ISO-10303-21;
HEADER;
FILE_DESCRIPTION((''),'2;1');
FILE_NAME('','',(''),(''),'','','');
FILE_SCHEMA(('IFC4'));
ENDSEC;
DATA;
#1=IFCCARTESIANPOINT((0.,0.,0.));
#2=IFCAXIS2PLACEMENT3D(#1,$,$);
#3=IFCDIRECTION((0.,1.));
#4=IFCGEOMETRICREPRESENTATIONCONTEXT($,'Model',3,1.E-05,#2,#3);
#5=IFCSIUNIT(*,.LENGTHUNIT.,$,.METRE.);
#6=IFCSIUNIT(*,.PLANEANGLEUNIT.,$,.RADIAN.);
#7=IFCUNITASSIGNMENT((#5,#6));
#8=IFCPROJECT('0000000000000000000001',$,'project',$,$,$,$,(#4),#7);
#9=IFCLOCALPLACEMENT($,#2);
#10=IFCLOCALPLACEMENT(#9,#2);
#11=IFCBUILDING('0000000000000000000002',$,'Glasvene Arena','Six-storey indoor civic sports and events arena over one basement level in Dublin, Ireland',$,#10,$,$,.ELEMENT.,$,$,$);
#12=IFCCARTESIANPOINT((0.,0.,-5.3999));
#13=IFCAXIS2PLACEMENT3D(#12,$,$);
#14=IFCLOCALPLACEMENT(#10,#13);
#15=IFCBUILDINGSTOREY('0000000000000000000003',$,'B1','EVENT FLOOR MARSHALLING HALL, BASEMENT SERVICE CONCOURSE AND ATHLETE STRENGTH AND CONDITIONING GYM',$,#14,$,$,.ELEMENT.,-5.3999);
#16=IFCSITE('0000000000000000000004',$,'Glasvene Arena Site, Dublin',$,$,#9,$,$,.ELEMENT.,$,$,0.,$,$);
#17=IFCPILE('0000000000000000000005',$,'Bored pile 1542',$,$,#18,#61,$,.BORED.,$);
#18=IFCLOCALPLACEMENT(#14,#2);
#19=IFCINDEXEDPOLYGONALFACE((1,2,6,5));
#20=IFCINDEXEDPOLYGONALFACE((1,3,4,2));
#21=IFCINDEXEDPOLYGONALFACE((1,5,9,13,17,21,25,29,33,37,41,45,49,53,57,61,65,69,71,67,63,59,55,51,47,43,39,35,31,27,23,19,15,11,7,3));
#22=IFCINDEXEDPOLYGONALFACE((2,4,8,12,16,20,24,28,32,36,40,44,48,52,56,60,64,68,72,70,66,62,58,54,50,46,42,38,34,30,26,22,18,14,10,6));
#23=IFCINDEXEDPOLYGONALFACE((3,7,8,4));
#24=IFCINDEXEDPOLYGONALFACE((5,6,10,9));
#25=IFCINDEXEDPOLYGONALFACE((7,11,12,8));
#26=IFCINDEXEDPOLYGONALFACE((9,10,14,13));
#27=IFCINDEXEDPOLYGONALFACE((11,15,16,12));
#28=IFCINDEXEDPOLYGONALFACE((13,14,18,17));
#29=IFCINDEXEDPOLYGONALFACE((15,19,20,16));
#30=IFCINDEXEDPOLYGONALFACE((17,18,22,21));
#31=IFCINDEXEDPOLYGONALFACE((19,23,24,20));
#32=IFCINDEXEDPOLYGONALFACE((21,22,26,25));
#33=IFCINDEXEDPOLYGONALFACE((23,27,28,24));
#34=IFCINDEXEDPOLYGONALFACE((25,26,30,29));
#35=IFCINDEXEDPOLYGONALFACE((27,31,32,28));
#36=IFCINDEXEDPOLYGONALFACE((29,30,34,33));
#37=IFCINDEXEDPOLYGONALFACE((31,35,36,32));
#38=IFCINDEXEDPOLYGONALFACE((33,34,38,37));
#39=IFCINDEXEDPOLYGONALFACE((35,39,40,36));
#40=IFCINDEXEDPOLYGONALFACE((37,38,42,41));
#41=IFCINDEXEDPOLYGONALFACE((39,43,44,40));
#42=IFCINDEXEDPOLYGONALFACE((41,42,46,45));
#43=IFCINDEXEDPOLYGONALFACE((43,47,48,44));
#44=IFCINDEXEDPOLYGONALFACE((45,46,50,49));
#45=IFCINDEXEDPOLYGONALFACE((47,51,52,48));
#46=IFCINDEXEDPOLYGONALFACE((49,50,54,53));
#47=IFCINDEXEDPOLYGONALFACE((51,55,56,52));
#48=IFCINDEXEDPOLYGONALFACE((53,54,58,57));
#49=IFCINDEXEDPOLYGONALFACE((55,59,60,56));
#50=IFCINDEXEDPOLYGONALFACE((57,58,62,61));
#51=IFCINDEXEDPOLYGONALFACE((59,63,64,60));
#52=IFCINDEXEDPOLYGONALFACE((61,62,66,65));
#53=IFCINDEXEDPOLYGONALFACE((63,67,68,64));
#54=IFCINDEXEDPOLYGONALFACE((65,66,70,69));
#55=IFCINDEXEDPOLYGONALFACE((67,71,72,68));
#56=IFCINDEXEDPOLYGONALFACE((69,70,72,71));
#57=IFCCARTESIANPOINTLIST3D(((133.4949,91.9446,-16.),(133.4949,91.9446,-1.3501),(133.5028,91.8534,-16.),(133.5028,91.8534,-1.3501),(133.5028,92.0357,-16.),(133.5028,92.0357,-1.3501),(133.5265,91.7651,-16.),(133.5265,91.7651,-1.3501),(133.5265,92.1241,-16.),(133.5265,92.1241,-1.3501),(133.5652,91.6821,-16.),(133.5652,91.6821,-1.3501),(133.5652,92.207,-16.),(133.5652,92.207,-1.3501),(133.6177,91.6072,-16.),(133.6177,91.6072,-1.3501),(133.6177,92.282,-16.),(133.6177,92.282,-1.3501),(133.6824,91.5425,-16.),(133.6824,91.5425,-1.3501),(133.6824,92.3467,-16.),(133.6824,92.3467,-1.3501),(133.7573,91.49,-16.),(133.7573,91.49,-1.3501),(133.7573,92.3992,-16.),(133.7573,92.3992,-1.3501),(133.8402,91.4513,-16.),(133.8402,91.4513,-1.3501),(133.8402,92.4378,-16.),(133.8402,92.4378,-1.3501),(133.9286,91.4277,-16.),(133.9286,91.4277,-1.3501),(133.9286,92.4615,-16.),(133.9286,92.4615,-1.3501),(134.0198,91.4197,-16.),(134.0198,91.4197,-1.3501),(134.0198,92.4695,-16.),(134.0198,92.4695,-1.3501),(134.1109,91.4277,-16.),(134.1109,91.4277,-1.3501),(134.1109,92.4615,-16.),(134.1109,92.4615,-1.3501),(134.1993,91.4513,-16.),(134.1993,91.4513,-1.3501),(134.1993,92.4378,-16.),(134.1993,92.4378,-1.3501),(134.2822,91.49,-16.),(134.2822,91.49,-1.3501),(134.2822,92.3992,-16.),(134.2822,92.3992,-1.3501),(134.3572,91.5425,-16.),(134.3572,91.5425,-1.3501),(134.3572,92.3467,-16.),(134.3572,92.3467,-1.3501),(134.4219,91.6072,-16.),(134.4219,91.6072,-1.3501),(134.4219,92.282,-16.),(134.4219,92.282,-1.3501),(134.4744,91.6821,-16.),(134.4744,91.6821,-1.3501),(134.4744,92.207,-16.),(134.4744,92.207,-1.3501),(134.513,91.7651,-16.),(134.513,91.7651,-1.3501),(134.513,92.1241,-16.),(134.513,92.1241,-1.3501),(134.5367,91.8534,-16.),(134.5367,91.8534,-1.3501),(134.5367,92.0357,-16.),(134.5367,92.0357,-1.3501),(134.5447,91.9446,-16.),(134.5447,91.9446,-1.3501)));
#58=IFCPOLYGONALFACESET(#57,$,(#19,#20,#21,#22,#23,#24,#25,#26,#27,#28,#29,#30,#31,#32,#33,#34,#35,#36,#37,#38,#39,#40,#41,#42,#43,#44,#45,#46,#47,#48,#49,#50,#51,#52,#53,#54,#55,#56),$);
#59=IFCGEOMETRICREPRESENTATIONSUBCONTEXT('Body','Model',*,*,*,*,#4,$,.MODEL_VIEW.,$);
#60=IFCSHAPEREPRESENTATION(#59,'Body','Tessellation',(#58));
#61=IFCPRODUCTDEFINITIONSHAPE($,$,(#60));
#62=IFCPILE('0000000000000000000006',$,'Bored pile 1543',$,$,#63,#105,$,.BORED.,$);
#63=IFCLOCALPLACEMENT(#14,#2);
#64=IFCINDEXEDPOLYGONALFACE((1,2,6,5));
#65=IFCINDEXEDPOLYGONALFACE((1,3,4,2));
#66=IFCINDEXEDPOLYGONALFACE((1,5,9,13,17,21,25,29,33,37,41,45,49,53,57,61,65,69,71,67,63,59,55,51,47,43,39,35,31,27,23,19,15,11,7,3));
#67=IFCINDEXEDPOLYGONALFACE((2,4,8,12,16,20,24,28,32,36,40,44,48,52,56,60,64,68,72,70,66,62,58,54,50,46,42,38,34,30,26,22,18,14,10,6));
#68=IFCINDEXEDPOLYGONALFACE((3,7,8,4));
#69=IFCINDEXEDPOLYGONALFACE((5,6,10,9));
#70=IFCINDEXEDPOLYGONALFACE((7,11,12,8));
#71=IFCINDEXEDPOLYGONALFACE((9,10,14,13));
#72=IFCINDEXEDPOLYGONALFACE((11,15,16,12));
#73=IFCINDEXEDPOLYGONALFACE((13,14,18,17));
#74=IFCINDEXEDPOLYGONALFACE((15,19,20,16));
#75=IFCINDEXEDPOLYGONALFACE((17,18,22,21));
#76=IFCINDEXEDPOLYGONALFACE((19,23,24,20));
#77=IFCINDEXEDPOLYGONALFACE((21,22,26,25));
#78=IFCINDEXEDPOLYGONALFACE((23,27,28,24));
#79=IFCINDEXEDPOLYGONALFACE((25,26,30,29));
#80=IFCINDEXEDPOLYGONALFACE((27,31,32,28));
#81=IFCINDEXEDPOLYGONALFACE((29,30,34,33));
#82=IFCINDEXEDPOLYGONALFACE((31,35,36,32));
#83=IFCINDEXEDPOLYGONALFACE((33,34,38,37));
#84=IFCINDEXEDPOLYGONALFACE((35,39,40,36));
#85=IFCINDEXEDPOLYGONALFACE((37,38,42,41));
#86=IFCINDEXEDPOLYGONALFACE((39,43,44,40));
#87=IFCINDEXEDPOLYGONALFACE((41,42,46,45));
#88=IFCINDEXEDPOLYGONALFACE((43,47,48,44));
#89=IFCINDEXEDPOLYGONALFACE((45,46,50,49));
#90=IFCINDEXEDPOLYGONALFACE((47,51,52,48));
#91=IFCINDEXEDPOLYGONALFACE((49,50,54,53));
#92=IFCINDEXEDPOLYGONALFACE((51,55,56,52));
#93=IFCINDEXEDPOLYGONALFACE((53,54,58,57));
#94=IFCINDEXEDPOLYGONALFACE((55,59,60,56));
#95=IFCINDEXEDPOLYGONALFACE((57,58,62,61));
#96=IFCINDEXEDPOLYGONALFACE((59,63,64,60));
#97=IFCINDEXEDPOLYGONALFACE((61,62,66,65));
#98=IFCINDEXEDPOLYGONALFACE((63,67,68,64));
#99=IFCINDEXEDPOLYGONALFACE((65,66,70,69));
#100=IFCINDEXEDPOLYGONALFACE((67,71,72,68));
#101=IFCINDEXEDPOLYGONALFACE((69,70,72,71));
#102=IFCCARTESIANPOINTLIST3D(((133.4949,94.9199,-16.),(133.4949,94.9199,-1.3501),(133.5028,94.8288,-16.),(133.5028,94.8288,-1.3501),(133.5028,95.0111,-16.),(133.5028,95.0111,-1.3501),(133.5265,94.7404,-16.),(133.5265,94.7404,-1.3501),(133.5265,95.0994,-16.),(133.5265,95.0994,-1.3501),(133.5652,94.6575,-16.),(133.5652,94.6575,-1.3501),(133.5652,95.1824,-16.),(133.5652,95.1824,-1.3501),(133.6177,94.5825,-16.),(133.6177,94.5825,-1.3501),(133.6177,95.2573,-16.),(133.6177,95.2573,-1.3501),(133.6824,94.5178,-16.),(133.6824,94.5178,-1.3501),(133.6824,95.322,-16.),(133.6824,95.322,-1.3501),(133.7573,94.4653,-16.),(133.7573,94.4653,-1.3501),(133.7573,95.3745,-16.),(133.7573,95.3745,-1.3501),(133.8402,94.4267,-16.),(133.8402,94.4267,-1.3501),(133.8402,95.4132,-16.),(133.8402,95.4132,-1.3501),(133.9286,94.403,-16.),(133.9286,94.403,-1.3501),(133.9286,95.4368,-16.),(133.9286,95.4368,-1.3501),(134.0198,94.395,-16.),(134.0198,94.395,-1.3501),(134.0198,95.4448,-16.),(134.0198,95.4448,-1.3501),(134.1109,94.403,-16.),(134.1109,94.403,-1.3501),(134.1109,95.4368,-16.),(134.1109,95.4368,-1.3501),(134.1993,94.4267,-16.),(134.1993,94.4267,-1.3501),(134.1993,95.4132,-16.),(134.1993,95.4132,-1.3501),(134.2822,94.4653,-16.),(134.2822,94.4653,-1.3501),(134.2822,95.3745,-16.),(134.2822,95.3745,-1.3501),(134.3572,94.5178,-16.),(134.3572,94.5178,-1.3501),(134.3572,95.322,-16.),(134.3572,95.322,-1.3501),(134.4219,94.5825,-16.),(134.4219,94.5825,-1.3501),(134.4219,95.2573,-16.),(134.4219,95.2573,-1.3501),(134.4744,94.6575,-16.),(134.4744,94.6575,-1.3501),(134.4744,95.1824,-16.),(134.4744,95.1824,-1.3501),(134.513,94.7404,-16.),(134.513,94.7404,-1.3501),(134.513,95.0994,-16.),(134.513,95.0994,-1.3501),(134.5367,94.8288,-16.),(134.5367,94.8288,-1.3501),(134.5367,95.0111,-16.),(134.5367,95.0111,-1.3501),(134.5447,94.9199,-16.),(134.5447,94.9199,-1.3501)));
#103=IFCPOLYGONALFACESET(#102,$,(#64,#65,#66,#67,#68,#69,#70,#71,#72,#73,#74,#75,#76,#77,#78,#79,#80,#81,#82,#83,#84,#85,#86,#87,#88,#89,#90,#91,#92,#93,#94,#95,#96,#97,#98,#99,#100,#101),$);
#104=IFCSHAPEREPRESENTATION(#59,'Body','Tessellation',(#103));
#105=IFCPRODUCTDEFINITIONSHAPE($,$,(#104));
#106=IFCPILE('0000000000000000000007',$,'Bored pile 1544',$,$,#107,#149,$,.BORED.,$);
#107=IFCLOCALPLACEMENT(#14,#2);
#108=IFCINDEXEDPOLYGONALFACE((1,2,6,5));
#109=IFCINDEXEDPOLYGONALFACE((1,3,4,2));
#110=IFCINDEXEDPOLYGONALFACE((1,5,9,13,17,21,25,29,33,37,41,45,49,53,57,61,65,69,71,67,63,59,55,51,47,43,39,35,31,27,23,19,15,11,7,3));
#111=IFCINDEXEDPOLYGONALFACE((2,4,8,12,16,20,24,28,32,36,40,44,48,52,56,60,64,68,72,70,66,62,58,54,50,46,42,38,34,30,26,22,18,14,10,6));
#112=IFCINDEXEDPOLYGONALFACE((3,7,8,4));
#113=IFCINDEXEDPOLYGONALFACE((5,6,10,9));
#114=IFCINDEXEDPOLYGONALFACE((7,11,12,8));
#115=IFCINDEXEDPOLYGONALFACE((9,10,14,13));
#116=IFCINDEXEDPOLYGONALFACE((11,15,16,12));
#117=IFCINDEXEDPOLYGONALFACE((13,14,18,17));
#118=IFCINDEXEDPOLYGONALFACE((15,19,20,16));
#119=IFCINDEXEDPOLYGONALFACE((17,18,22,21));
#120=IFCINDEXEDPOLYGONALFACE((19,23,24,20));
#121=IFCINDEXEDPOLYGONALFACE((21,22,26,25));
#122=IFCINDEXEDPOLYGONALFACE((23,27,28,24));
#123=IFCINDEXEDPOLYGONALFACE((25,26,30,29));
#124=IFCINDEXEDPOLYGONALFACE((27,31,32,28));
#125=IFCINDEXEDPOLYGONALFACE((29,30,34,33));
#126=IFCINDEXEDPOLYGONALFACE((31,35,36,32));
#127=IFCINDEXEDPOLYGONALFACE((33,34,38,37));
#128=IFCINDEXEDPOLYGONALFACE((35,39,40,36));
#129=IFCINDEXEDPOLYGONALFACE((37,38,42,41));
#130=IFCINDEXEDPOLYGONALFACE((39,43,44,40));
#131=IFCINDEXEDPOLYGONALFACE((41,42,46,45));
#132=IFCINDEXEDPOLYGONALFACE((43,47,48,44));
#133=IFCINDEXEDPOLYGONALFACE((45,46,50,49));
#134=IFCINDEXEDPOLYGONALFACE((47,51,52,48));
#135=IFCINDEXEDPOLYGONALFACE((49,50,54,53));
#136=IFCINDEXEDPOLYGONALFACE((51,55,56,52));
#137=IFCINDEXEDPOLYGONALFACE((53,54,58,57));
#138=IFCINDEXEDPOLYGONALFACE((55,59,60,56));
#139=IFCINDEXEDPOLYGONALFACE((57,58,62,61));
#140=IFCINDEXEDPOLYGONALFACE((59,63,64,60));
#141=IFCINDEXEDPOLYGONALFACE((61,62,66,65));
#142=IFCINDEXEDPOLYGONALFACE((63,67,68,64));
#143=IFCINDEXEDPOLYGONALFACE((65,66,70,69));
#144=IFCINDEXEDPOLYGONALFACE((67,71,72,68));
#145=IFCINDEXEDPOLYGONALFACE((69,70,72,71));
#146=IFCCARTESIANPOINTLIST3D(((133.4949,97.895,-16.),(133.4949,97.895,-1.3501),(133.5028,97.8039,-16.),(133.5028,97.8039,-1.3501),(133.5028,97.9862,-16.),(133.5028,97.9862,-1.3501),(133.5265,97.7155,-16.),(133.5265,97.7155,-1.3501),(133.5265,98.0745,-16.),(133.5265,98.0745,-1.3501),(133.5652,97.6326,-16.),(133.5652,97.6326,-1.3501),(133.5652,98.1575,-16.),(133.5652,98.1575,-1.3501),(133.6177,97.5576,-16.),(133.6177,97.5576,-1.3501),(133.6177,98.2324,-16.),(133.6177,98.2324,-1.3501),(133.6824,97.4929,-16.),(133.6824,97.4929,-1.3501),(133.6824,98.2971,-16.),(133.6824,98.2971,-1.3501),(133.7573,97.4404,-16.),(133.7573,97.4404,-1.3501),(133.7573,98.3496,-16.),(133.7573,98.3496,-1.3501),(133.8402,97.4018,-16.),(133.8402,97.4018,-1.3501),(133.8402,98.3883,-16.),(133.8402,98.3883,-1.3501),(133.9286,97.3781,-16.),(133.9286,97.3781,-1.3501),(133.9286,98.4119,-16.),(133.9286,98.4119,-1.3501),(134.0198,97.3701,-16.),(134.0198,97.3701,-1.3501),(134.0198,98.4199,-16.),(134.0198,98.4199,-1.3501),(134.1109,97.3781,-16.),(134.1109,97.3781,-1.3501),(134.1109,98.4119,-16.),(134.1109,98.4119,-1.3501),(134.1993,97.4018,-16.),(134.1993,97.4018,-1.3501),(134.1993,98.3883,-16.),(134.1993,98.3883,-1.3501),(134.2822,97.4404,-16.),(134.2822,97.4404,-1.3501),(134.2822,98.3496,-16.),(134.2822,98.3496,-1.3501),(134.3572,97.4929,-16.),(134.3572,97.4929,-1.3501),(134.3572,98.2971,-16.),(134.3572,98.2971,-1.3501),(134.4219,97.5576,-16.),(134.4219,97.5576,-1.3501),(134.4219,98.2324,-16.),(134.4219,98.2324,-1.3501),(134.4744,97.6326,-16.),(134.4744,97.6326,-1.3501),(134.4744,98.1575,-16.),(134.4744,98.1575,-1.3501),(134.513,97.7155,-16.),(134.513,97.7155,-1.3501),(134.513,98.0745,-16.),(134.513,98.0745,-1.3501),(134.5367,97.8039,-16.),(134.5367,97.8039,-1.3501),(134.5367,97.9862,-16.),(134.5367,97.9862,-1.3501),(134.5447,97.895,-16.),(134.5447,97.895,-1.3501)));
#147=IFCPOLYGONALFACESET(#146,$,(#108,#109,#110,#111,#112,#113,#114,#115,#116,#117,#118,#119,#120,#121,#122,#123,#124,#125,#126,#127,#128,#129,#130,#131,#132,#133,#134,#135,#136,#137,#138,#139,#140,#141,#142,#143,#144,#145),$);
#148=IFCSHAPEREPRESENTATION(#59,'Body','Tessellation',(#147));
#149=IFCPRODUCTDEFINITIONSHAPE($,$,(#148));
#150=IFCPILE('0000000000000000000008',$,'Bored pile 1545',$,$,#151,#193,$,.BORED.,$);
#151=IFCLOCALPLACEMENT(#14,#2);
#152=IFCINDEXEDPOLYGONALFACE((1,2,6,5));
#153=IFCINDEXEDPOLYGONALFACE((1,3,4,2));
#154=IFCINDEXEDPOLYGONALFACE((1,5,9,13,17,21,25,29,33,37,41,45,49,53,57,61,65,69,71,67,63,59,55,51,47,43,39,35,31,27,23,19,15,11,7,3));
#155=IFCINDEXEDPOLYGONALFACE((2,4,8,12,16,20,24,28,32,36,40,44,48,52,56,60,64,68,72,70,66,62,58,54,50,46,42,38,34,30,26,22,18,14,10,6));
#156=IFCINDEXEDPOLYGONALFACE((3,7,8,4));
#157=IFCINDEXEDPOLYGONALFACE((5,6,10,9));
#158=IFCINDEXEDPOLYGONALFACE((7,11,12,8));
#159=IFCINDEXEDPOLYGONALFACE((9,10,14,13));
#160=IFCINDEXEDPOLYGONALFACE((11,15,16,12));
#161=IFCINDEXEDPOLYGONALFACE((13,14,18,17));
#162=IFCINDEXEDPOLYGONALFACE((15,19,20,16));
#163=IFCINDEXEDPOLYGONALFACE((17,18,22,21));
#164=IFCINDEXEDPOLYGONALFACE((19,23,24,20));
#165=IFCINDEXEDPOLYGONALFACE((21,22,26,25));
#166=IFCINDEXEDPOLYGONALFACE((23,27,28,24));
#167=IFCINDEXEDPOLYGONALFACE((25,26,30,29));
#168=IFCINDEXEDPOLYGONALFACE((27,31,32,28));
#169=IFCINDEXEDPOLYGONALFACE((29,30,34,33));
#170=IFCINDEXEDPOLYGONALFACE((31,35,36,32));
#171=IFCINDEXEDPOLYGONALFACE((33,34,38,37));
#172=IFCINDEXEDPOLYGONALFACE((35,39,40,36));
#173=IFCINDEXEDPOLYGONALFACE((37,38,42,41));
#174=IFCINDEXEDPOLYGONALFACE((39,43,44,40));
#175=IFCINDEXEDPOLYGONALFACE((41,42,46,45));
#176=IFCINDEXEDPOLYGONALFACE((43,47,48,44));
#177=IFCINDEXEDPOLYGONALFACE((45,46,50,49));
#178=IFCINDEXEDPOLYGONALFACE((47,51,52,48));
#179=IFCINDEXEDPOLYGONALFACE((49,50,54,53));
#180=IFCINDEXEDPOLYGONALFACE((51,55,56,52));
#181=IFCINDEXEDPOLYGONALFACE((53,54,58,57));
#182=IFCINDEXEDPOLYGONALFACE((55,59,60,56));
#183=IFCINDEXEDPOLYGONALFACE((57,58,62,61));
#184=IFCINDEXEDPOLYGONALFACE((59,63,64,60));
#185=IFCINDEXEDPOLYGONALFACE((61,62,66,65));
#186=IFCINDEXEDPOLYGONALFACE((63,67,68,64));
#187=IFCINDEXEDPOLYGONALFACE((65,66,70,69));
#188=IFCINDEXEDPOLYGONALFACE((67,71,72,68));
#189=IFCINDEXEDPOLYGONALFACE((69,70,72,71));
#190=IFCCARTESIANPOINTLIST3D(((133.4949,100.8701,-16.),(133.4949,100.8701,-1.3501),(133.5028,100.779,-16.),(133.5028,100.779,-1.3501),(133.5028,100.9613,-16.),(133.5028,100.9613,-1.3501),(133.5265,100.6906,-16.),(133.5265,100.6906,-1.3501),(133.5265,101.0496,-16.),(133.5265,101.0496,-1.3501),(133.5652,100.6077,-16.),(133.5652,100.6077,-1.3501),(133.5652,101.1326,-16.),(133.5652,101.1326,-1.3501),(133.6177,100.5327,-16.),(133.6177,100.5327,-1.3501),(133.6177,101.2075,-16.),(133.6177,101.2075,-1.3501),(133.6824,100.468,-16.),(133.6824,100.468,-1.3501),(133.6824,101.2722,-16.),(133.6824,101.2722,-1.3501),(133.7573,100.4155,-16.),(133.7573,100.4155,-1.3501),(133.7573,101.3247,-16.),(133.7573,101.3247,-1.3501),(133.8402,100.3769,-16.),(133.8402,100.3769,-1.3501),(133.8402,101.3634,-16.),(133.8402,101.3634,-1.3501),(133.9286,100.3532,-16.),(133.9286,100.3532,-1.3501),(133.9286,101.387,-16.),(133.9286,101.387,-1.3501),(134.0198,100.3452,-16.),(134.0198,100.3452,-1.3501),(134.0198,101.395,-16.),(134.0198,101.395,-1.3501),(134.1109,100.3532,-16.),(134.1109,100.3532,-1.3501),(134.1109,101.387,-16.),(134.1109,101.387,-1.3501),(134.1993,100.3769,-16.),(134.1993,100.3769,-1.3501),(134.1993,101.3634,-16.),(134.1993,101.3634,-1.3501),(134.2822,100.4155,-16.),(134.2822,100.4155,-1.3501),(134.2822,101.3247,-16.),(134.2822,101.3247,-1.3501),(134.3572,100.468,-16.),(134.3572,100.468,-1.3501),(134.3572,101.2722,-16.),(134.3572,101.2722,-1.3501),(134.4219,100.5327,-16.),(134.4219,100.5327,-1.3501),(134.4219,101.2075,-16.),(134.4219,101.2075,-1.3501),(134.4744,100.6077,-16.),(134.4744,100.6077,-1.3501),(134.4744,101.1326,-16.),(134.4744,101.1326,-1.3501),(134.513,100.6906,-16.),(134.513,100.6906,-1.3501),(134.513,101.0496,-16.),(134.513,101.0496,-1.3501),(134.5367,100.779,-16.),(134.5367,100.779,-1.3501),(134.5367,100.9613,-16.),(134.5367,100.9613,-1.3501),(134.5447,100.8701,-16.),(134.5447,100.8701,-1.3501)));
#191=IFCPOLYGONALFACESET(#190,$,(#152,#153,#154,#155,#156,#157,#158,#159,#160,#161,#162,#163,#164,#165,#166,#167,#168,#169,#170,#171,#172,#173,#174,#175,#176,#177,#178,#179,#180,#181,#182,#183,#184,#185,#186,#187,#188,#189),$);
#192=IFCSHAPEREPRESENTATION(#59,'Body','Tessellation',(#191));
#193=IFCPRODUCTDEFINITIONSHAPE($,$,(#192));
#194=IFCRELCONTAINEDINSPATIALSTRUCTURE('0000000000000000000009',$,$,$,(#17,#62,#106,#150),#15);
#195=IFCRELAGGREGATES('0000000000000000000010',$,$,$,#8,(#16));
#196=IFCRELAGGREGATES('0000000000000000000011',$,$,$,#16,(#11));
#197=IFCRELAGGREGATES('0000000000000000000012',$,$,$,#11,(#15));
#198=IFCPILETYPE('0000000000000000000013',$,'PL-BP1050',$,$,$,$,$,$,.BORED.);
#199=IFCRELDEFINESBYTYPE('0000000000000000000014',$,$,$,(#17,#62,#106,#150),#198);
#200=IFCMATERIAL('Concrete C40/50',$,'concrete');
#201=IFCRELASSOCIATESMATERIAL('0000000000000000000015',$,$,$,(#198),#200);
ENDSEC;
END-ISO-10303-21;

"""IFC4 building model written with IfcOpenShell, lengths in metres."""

from ifc_helpers import new_model, si_unit, direction, frame, origin, origin_2d, place, context, subcontext, project, spatial, circle, extrude, material, material_profile, profile_set, type_object, element, save


model = new_model("IFC4")

# Units and contexts
model_context = context("Model", 3, precision=1e-05, world=origin(), true_north=direction((0.0, 1.0)))
body_context = subcontext(model_context, "Body", "Model", "MODEL_VIEW")
ifc_project = project(units=[si_unit("LENGTHUNIT", "METRE"), si_unit("PLANEANGLEUNIT", "RADIAN")], contexts=[model_context])

# Site, building, storey
site_placement = place(None, origin())
site = spatial("IfcSite", under=ifc_project, at=site_placement, Name="Glasvene Arena Site, Dublin", CompositionType="ELEMENT", RefElevation=0.0)
building_placement = place(site_placement, origin())
building = spatial("IfcBuilding", under=site, at=building_placement, Name="Glasvene Arena", Description="Six-storey indoor civic sports and events arena over one basement level in Dublin, Ireland", CompositionType="ELEMENT")
storey_placement = place(building_placement, frame((0.0, 0.0, -5.3999)))
storey = spatial("IfcBuildingStorey", under=building, at=storey_placement, Name="B1", Description="EVENT FLOOR MARSHALLING HALL, BASEMENT SERVICE CONCOURSE AND ATHLETE STRENGTH AND CONDITIONING GYM", CompositionType="ELEMENT", Elevation=-5.3999)

# Piles
ifc_material_1 = material(Name="Concrete C40/50", Category="concrete")
ifc_material_profile_1 = material_profile(ifc_material_1, circle(Radius=0.5249, at=origin_2d()), Name="BORED PILE 1050")
ifc_profile_set_1 = profile_set([ifc_material_profile_1], Name="Concrete C40/50")
pile_type = type_object("IfcPileType", Name="PL-BP1050", PredefinedType="BORED", material=ifc_profile_set_1)
for number, where, z_axis, x_axis, name in (
    (1, (134.0198, 91.9446, -1.3501), (0.0, 0.0, -1.0), (1.0, 0.0, 0.0), "Bored pile 1542"),
    (2, (134.0198, 94.9199, -1.3501), (0.0, 0.0, -1.0), (1.0, 0.0, 0.0), "Bored pile 1543"),
    (3, (134.0198, 97.895, -1.3501), (0.0, 0.0, -1.0), (1.0, 0.0, 0.0), "Bored pile 1544"),
    (4, (134.0198, 100.8701, -1.3501), (0.0, 0.0, -1.0), (1.0, 0.0, 0.0), "Bored pile 1545"),
):
    element("IfcPile", number, at=place(storey_placement, frame(where, z_axis=z_axis, x_axis=x_axis)), inside=storey, type_object=pile_type, Name=name, PredefinedType="BORED", context=body_context, shape_type="SweptSolid", body=[
        extrude(circle(Radius=0.5249, at=origin_2d()), origin(), (0.0, 0.0, 1.0), 14.6499),
    ])

save(model, "model.ifc")
